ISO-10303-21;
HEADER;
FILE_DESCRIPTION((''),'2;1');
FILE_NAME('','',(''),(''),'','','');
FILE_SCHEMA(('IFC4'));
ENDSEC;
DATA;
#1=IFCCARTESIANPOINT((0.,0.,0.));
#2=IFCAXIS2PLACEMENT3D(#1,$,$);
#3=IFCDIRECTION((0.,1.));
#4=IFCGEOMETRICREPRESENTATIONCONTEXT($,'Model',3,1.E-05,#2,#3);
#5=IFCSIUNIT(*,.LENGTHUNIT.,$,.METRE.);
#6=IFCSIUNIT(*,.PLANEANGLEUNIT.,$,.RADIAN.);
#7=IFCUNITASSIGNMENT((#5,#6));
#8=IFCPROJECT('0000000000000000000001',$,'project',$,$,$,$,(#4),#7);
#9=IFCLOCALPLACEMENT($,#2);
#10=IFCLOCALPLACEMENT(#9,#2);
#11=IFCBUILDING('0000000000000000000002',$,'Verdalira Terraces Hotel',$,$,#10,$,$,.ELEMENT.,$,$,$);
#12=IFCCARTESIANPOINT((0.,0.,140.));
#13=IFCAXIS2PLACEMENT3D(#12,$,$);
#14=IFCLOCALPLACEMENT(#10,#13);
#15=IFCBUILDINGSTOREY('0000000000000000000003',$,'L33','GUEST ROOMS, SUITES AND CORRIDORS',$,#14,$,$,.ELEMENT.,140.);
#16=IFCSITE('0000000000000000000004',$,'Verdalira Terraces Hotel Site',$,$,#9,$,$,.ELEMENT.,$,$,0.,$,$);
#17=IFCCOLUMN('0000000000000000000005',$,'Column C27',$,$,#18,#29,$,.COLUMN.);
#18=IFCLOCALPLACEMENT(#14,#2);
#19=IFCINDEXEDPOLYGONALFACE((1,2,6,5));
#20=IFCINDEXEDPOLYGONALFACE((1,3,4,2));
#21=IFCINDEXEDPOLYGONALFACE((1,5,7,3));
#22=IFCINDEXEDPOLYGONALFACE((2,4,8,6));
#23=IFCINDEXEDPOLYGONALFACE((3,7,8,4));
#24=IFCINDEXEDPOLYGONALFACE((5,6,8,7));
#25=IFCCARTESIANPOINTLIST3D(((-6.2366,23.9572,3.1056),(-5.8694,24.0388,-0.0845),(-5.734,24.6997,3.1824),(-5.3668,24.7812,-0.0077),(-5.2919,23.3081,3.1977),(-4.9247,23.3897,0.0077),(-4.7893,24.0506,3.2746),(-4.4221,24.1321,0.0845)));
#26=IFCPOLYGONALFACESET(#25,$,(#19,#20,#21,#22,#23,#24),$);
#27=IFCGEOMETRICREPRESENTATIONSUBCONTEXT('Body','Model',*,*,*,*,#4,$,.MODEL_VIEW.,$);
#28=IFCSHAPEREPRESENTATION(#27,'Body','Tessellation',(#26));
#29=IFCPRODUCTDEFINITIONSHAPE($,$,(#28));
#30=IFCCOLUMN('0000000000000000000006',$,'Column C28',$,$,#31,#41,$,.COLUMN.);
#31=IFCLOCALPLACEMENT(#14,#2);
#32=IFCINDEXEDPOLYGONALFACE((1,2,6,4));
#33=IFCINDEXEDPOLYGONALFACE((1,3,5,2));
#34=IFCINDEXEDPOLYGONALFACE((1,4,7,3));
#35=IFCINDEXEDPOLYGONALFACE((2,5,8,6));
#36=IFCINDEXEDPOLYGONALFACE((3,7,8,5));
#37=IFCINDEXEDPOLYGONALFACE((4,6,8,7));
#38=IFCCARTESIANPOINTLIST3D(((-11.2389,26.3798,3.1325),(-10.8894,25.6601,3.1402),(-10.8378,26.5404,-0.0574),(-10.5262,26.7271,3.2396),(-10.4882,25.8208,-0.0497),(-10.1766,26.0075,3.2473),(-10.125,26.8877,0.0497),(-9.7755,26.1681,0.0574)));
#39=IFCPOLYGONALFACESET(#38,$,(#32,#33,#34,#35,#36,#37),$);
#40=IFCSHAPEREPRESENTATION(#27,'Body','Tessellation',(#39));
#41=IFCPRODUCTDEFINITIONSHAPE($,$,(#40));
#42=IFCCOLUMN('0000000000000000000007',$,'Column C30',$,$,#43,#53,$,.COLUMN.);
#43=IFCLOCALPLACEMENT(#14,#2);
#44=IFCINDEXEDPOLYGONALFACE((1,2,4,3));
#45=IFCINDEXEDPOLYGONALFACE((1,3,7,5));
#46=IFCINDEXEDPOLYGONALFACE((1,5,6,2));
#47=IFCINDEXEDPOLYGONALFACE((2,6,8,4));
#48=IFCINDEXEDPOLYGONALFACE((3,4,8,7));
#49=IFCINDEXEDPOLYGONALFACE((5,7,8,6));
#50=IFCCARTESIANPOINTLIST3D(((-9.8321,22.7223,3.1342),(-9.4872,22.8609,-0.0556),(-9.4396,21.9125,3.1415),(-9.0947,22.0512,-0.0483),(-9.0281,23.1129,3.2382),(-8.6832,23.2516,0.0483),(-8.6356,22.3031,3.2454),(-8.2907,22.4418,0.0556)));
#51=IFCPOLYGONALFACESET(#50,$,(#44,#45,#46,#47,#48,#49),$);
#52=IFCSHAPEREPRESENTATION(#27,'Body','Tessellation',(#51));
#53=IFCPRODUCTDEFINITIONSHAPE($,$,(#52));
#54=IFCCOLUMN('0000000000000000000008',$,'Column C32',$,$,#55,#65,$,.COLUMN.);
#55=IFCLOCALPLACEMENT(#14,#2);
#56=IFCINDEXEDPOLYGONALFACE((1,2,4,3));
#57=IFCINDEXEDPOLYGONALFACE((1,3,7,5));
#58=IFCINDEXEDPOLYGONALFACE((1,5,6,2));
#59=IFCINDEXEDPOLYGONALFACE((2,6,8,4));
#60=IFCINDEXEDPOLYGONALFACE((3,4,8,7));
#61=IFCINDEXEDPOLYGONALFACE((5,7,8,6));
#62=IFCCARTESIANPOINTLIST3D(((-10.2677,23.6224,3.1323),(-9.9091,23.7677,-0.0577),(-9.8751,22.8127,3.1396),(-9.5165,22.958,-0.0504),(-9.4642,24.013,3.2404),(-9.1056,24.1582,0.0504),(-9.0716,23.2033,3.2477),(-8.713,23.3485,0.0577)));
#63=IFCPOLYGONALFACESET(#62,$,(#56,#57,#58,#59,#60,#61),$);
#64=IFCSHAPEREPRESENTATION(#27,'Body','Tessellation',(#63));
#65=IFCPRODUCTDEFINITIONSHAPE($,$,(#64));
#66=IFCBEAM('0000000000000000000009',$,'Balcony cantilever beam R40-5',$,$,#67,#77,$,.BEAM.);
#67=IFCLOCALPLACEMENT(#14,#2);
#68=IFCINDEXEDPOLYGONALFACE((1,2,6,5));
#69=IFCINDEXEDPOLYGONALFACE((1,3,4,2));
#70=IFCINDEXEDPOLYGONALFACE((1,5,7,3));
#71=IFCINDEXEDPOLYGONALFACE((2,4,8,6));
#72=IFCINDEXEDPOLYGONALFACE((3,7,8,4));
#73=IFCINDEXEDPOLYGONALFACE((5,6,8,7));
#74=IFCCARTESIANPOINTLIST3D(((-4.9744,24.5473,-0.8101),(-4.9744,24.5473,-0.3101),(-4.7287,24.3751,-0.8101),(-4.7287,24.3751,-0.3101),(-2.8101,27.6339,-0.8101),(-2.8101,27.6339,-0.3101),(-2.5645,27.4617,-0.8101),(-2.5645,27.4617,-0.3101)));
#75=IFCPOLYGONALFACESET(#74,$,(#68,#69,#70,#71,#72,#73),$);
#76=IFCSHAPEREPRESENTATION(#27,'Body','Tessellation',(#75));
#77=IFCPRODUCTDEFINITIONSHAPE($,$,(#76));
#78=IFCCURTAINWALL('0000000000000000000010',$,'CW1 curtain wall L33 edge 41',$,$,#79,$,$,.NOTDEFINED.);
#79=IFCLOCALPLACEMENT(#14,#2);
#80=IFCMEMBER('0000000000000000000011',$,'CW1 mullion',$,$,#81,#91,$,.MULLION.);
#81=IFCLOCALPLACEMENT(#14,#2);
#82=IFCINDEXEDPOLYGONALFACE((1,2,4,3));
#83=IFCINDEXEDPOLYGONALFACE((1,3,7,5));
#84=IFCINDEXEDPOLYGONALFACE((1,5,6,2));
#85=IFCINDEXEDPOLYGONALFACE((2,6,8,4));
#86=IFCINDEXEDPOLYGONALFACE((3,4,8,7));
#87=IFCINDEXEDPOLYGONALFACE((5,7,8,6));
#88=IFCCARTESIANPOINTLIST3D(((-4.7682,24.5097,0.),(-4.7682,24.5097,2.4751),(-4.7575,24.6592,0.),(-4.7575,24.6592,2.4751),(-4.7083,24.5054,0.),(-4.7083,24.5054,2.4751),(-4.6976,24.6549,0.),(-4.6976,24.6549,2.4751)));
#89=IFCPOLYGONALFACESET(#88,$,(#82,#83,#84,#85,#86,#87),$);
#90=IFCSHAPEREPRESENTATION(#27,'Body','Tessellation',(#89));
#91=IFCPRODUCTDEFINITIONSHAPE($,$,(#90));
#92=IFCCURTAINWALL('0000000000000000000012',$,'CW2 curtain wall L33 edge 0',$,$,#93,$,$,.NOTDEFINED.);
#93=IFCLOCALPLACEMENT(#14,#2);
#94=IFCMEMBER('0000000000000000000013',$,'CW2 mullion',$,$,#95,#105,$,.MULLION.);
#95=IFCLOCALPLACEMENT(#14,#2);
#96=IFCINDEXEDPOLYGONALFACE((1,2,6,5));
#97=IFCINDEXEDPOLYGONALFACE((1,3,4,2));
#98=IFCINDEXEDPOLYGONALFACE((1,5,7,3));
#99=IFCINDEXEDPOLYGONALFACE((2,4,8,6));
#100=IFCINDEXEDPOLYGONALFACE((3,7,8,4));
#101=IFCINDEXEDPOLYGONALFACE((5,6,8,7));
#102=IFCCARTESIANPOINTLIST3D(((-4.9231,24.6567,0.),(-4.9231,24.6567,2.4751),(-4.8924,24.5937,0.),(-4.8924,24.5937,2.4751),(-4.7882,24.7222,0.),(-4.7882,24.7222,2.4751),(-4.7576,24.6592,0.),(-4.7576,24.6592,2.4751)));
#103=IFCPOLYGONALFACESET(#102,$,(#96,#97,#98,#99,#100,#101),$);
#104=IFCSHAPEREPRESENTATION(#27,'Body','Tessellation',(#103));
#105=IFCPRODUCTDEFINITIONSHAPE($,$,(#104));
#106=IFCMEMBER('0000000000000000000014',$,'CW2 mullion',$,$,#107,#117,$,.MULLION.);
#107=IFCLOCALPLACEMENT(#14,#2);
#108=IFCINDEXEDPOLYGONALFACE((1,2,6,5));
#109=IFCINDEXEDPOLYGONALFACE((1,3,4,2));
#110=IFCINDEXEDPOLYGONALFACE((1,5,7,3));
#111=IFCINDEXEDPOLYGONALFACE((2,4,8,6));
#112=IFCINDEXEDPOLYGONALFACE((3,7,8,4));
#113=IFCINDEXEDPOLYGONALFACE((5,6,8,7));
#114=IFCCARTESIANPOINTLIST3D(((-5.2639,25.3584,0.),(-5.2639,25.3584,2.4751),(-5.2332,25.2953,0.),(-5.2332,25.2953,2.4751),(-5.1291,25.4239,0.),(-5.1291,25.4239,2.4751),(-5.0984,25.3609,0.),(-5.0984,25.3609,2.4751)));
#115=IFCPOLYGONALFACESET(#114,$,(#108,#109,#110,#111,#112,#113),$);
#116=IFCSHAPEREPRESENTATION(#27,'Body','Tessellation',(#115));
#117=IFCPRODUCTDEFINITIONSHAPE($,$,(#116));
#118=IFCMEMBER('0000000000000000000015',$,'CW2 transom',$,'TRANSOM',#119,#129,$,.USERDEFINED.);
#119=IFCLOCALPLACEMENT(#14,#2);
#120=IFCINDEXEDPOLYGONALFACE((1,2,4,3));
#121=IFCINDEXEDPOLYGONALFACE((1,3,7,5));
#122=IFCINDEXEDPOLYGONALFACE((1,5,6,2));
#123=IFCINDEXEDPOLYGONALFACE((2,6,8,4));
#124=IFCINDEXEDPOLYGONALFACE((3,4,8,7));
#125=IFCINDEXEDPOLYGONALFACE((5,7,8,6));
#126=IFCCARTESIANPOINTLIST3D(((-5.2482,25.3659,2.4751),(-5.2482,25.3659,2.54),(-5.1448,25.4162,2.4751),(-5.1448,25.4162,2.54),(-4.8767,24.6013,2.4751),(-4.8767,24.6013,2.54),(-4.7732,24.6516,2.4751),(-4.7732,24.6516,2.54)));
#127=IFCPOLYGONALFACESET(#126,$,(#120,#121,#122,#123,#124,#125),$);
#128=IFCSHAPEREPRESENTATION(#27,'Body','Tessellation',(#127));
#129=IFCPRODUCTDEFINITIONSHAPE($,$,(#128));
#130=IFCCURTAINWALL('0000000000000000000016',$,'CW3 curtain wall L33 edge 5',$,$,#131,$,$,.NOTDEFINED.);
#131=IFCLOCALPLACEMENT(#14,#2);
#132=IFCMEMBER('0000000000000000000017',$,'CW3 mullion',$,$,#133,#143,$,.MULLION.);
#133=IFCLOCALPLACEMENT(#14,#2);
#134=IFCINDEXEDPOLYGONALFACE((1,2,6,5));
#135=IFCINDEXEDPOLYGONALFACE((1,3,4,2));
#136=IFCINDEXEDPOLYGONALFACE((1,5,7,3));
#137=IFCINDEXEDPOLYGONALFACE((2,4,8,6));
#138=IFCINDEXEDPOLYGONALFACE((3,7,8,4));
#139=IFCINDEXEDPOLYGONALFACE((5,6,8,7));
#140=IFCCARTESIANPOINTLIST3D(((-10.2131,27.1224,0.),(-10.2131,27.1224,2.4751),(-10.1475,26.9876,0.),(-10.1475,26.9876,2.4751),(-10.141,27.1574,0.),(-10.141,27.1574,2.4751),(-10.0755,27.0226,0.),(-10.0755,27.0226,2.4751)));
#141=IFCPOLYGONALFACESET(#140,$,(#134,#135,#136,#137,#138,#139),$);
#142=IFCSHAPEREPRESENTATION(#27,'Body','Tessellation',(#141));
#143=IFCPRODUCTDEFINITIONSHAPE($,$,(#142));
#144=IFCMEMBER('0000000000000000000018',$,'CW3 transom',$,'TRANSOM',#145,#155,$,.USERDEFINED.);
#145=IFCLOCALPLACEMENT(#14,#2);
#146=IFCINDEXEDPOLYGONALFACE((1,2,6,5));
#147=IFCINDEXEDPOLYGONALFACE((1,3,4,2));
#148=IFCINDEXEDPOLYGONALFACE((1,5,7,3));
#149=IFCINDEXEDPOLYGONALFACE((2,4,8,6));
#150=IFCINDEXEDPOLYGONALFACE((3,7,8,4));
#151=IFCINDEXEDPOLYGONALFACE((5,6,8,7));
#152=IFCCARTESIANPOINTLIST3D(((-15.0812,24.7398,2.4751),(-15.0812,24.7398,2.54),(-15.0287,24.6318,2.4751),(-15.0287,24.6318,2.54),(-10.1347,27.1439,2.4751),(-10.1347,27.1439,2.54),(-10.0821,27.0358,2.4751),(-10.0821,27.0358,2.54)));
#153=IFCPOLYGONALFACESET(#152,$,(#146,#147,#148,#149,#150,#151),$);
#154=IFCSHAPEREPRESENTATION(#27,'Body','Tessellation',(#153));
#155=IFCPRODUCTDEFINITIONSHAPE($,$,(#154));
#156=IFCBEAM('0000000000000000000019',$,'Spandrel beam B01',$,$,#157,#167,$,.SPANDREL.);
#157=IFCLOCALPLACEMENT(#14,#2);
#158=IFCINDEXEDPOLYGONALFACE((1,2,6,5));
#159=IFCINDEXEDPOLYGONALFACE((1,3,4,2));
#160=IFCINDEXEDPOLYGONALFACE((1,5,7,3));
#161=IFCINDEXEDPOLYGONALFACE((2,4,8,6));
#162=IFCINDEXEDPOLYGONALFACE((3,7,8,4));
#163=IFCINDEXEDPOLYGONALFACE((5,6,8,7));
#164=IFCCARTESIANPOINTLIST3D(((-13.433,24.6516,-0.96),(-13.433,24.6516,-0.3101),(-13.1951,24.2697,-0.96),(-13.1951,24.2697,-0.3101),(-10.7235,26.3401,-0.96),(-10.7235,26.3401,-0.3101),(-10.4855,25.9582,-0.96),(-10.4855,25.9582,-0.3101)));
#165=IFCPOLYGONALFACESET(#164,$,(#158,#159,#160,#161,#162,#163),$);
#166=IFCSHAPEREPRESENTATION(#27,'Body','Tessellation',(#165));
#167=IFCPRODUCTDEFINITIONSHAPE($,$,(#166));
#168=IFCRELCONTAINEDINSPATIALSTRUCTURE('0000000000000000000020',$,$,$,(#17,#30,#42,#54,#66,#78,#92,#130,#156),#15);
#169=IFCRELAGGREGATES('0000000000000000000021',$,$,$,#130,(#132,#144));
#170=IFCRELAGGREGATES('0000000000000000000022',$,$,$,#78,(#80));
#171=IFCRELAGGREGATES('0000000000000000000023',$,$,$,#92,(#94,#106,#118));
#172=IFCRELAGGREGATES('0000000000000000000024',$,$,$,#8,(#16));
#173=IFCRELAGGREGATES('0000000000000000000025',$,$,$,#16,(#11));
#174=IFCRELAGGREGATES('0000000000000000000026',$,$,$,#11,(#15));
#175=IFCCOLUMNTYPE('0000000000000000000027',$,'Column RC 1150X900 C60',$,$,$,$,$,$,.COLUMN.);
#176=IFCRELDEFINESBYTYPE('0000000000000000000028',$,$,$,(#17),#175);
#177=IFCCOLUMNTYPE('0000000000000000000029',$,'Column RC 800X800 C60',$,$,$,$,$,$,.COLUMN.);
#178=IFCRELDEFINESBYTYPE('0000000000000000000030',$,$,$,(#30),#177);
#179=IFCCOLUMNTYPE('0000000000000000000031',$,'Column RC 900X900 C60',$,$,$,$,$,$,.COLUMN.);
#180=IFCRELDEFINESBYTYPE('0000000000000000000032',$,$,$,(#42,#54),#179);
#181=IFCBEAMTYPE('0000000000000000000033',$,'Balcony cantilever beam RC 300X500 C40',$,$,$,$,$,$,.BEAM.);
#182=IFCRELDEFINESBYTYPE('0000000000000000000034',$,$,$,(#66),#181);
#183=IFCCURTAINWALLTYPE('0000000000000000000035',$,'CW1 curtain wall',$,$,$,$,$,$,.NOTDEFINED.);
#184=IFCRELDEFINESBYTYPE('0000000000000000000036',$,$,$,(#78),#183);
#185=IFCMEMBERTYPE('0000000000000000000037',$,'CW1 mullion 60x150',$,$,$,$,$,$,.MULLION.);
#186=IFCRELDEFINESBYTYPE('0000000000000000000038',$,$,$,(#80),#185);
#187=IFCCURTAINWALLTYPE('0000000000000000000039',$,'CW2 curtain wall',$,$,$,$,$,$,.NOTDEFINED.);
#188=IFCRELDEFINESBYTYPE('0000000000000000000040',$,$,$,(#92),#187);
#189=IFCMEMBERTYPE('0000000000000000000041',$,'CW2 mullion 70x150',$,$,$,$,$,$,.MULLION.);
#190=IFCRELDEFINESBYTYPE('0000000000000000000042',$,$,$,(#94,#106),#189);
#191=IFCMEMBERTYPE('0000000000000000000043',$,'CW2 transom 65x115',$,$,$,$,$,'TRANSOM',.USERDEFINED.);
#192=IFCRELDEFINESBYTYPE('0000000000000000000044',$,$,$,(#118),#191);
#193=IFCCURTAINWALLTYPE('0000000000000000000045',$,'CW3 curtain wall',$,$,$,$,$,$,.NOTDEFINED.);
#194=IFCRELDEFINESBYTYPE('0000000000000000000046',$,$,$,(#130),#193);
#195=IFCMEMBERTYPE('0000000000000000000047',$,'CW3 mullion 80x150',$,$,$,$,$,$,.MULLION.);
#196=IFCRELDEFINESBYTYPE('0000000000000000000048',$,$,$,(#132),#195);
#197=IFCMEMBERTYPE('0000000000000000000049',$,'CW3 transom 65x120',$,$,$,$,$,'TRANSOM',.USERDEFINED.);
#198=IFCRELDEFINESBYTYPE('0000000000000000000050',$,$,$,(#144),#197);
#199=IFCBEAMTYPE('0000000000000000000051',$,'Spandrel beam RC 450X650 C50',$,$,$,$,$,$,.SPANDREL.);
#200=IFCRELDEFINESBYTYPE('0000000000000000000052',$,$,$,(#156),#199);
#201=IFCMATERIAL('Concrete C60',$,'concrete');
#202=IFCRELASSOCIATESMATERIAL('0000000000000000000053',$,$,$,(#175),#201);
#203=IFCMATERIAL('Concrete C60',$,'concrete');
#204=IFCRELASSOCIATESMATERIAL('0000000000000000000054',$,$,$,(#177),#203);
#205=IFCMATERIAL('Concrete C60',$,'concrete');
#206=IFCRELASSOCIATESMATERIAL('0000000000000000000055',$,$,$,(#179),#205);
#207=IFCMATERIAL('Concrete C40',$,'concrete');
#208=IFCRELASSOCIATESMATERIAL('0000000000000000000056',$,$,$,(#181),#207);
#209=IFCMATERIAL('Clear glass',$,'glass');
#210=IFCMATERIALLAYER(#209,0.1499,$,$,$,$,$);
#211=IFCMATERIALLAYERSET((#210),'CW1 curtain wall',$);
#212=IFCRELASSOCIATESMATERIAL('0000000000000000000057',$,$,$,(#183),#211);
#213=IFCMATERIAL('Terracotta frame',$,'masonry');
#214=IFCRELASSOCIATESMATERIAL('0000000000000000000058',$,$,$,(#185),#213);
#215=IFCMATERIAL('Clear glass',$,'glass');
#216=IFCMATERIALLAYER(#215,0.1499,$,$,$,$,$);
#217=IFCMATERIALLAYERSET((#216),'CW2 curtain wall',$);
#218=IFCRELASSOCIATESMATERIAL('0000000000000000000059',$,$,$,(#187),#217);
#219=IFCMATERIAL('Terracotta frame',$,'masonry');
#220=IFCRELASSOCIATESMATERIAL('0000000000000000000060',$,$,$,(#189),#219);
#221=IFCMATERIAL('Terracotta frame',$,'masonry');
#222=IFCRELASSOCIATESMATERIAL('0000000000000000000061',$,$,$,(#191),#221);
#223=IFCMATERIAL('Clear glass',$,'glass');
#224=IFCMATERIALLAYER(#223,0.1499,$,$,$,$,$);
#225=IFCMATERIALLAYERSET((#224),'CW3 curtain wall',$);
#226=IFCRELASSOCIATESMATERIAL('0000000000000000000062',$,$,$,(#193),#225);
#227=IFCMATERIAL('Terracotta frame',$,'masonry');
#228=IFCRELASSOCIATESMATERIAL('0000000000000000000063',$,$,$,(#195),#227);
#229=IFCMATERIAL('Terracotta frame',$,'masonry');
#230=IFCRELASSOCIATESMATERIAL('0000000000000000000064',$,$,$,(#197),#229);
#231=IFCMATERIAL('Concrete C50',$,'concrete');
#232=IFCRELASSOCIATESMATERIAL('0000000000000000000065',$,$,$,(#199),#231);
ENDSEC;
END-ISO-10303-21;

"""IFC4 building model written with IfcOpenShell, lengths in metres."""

from ifc_helpers import new_model, si_unit, direction, frame, origin, origin_2d, place, context, subcontext, project, spatial, rectangle, extrude, material, layer, layer_set, material_profile, profile_set, type_object, element, aggregate, save


model = new_model("IFC4")

# Units and contexts
model_context = context("Model", 3, precision=1e-05, world=origin(), true_north=direction((0.0, 1.0)))
body_context = subcontext(model_context, "Body", "Model", "MODEL_VIEW")
ifc_project = project(units=[si_unit("LENGTHUNIT", "METRE"), si_unit("PLANEANGLEUNIT", "RADIAN")], contexts=[model_context])

# Site, building, storey
site_placement = place(None, origin())
site = spatial("IfcSite", under=ifc_project, at=site_placement, Name="Verdalira Terraces Hotel Site", CompositionType="ELEMENT", RefElevation=0.0)
building_placement = place(site_placement, origin())
building = spatial("IfcBuilding", under=site, at=building_placement, Name="Verdalira Terraces Hotel", CompositionType="ELEMENT")
storey_placement = place(building_placement, frame((0.0, 0.0, 140.0)))
storey = spatial("IfcBuildingStorey", under=building, at=storey_placement, Name="L33", Description="GUEST ROOMS, SUITES AND CORRIDORS", CompositionType="ELEMENT", Elevation=140.0)

# Columns
ifc_material_1 = material(Name="Concrete C60", Category="concrete")
ifc_material_profile_1 = material_profile(ifc_material_1, rectangle(XDim=1.1499, YDim=0.8999, at=origin_2d()), Name="RC 1150X900")
ifc_profile_set_1 = profile_set([ifc_material_profile_1], Name="Concrete C60")
column_type_1 = type_object("IfcColumnType", Name="Column RC 1150X900 C60", PredefinedType="COLUMN", material=ifc_profile_set_1)
column_1_placement = place(storey_placement, frame((-5.1458, 24.0854, 0.0), z_axis=(-0.114316, -0.025387, 0.99312), x_axis=(0.821538, -0.564494, 0.080136)))
element("IfcColumn", 1, at=column_1_placement, inside=storey, type_object=column_type_1, Name="Column C27", PredefinedType="COLUMN", context=body_context, shape_type="SweptSolid", body=[
    extrude(rectangle(XDim=1.1499, YDim=0.8999, at=origin_2d()), origin(), (0.0, 0.0, 1.0), 3.2122),
])
ifc_material_2 = material(Name="Concrete C60", Category="concrete")
ifc_material_profile_2 = material_profile(ifc_material_2, rectangle(XDim=0.8, YDim=0.8, at=origin_2d()), Name="RC 800X800")
ifc_profile_set_2 = profile_set([ifc_material_profile_2], Name="Concrete C60")
column_type_2 = type_object("IfcColumnType", Name="Column RC 800X800 C60", PredefinedType="COLUMN", material=ifc_profile_set_2)
column_2_placement = place(storey_placement, frame((-10.3066, 26.3542, 0.0), z_axis=(-0.124608, -0.049904, 0.99095), x_axis=(-0.89085, -0.434122, -0.133883)))
element("IfcColumn", 2, at=column_2_placement, inside=storey, type_object=column_type_2, Name="Column C28", PredefinedType="COLUMN", context=body_context, shape_type="SweptSolid", body=[
    extrude(rectangle(XDim=0.8, YDim=0.8, at=origin_2d()), origin(), (0.0, 0.0, 1.0), 3.219),
])
ifc_material_3 = material(Name="Concrete C60", Category="concrete")
ifc_material_profile_3 = material_profile(ifc_material_3, rectangle(XDim=0.8999, YDim=0.8999, at=origin_2d()), Name="RC 900X900")
ifc_profile_set_3 = profile_set([ifc_material_profile_3], Name="Concrete C60")
column_type_3 = type_object("IfcColumnType", Name="Column RC 900X900 C60", PredefinedType="COLUMN", material=ifc_profile_set_3)
column_3_placement = place(storey_placement, frame((-8.8889, 22.6514, 0.0), z_axis=(-0.107416, -0.043179, 0.993276), x_axis=(-0.436147, 0.899839, -0.008049)))
element("IfcColumn", 3, at=column_3_placement, inside=storey, type_object=column_type_3, Name="Column C30", PredefinedType="COLUMN", context=body_context, shape_type="SweptSolid", body=[
    extrude(rectangle(XDim=0.8999, YDim=0.8999, at=origin_2d()), origin(), (0.0, 0.0, 1.0), 3.2114),
])
column_4_placement = place(storey_placement, frame((-9.311, 23.5581, 0.0), z_axis=(-0.111611, -0.045207, 0.992723), x_axis=(-0.436285, 0.899772, -0.008077)))
element("IfcColumn", 4, at=column_4_placement, inside=storey, type_object=column_type_3, Name="Column C32", PredefinedType="COLUMN", context=body_context, shape_type="SweptSolid", body=[
    extrude(rectangle(XDim=0.8999, YDim=0.8999, at=origin_2d()), origin(), (0.0, 0.0, 1.0), 3.2134),
])

# Beam
ifc_material_4 = material(Name="Concrete C40", Category="concrete")
ifc_material_profile_4 = material_profile(ifc_material_4, rectangle(XDim=0.3, YDim=0.5, at=origin_2d()), Name="RC 300X500")
ifc_profile_set_4 = profile_set([ifc_material_profile_4], Name="Concrete C40")
beam_type_1 = type_object("IfcBeamType", Name="Balcony cantilever beam RC 300X500 C40", PredefinedType="BEAM", material=ifc_profile_set_4)
beam_1_placement = place(storey_placement, frame((-4.8516, 24.4612, -0.5601), z_axis=(0.57411, 0.818778, 0.0), x_axis=(-0.818778, 0.57411, 0.0)))
element("IfcBeam", 5, at=beam_1_placement, inside=storey, type_object=beam_type_1, Name="Balcony cantilever beam R40-5", PredefinedType="BEAM", context=body_context, shape_type="SweptSolid", body=[
    extrude(rectangle(XDim=0.3, YDim=0.5, at=origin_2d()), origin(), (0.0, 0.0, 1.0), 3.7698),
])

# Curtain wall, member
ifc_material_5 = material(Name="Clear glass", Category="glass")
ifc_layer_1 = layer(ifc_material_5, 0.1499)
ifc_layer_set_1 = layer_set([ifc_layer_1], Name="CW1 curtain wall")
curtain_wall_type_1 = type_object("IfcCurtainWallType", Name="CW1 curtain wall", PredefinedType="NOTDEFINED", material=ifc_layer_set_1)
curtain_wall_1_placement = place(storey_placement, origin())
curtain_wall_1 = element("IfcCurtainWall", 6, at=curtain_wall_1_placement, inside=storey, type_object=curtain_wall_type_1, Name="CW1 curtain wall L33 edge 41", PredefinedType="NOTDEFINED")
ifc_material_6 = material(Name="Terracotta frame", Category="masonry")
ifc_material_profile_5 = material_profile(ifc_material_6, rectangle(XDim=0.0601, YDim=0.1499, at=origin_2d()), Name="MU 60x150")
ifc_profile_set_5 = profile_set([ifc_material_profile_5], Name="Terracotta frame")
member_type_1 = type_object("IfcMemberType", Name="CW1 mullion 60x150", PredefinedType="MULLION", material=ifc_profile_set_5)
member_1_placement = place(storey_placement, frame((-4.7329, 24.5823, 0.0), z_axis=(0.0, 0.0, 1.0), x_axis=(-0.997466, 0.071149, 0.0)))
member_1 = element("IfcMember", 7, at=member_1_placement, type_object=member_type_1, Name="CW1 mullion", PredefinedType="MULLION", context=body_context, shape_type="SweptSolid", body=[
    extrude(rectangle(XDim=0.0601, YDim=0.1499, at=origin_2d()), origin(), (0.0, 0.0, 1.0), 2.4751),
])

# Curtain walls, members
ifc_material_7 = material(Name="Clear glass", Category="glass")
ifc_layer_2 = layer(ifc_material_7, 0.1499)
ifc_layer_set_2 = layer_set([ifc_layer_2], Name="CW2 curtain wall")
curtain_wall_type_2 = type_object("IfcCurtainWallType", Name="CW2 curtain wall", PredefinedType="NOTDEFINED", material=ifc_layer_set_2)
curtain_wall_2_placement = place(storey_placement, origin())
curtain_wall_2 = element("IfcCurtainWall", 8, at=curtain_wall_2_placement, inside=storey, type_object=curtain_wall_type_2, Name="CW2 curtain wall L33 edge 0", PredefinedType="NOTDEFINED")
ifc_material_8 = material(Name="Terracotta frame", Category="masonry")
ifc_material_profile_6 = material_profile(ifc_material_8, rectangle(XDim=0.0701, YDim=0.1499, at=origin_2d()), Name="MU 70x150")
ifc_profile_set_6 = profile_set([ifc_material_profile_6], Name="Terracotta frame")
member_type_2 = type_object("IfcMemberType", Name="CW2 mullion 70x150", PredefinedType="MULLION", material=ifc_profile_set_6)
member_2_placement = place(storey_placement, frame((-4.8403, 24.658, 0.0), z_axis=(0.0, 0.0, 1.0), x_axis=(-0.437116, 0.899405, 0.0)))
member_2 = element("IfcMember", 9, at=member_2_placement, type_object=member_type_2, Name="CW2 mullion", PredefinedType="MULLION", context=body_context, shape_type="SweptSolid", body=[
    extrude(rectangle(XDim=0.0701, YDim=0.1499, at=origin_2d()), origin(), (0.0, 0.0, 1.0), 2.4751),
])
member_3_placement = place(storey_placement, frame((-5.1812, 25.3596, 0.0), z_axis=(0.0, 0.0, 1.0), x_axis=(-0.437116, 0.899405, 0.0)))
member_3 = element("IfcMember", 10, at=member_3_placement, type_object=member_type_2, Name="CW2 mullion", PredefinedType="MULLION", context=body_context, shape_type="SweptSolid", body=[
    extrude(rectangle(XDim=0.0701, YDim=0.1499, at=origin_2d()), origin(), (0.0, 0.0, 1.0), 2.4751),
])
ifc_material_9 = material(Name="Terracotta frame", Category="masonry")
ifc_material_profile_7 = material_profile(ifc_material_9, rectangle(XDim=0.115, YDim=0.0649, at=origin_2d()), Name="TR 65x115")
ifc_profile_set_7 = profile_set([ifc_material_profile_7], Name="Terracotta frame")
member_type_3 = type_object("IfcMemberType", Name="CW2 transom 65x115", ElementType="TRANSOM", PredefinedType="USERDEFINED", material=ifc_profile_set_7)
member_4_placement = place(storey_placement, frame((-4.825, 24.6265, 2.5076), z_axis=(-0.437077, 0.899424, 0.0), x_axis=(-0.899424, -0.437077, 0.0)))
member_4 = element("IfcMember", 11, at=member_4_placement, type_object=member_type_3, Name="CW2 transom", ObjectType="TRANSOM", PredefinedType="USERDEFINED", context=body_context, shape_type="SweptSolid", body=[
    extrude(rectangle(XDim=0.115, YDim=0.0649, at=origin_2d()), origin(), (0.0, 0.0, 1.0), 0.8501),
])
ifc_material_10 = material(Name="Clear glass", Category="glass")
ifc_layer_3 = layer(ifc_material_10, 0.1499)
ifc_layer_set_3 = layer_set([ifc_layer_3], Name="CW3 curtain wall")
curtain_wall_type_3 = type_object("IfcCurtainWallType", Name="CW3 curtain wall", PredefinedType="NOTDEFINED", material=ifc_layer_set_3)
curtain_wall_3_placement = place(storey_placement, origin())
curtain_wall_3 = element("IfcCurtainWall", 12, at=curtain_wall_3_placement, inside=storey, type_object=curtain_wall_type_3, Name="CW3 curtain wall L33 edge 5", PredefinedType="NOTDEFINED")
ifc_material_11 = material(Name="Terracotta frame", Category="masonry")
ifc_material_profile_8 = material_profile(ifc_material_11, rectangle(XDim=0.0801, YDim=0.1499, at=origin_2d()), Name="MU 80x150")
ifc_profile_set_8 = profile_set([ifc_material_profile_8], Name="Terracotta frame")
member_type_4 = type_object("IfcMemberType", Name="CW3 mullion 80x150", PredefinedType="MULLION", material=ifc_profile_set_8)
member_5_placement = place(storey_placement, frame((-10.1443, 27.0725, 0.0), z_axis=(0.0, 0.0, 1.0), x_axis=(-0.899405, -0.437116, 0.0)))
member_5 = element("IfcMember", 13, at=member_5_placement, type_object=member_type_4, Name="CW3 mullion", PredefinedType="MULLION", context=body_context, shape_type="SweptSolid", body=[
    extrude(rectangle(XDim=0.0801, YDim=0.1499, at=origin_2d()), origin(), (0.0, 0.0, 1.0), 2.4751),
])
ifc_material_12 = material(Name="Terracotta frame", Category="masonry")
ifc_material_profile_9 = material_profile(ifc_material_12, rectangle(XDim=0.1201, YDim=0.0649, at=origin_2d()), Name="TR 65x120")
ifc_profile_set_9 = profile_set([ifc_material_profile_9], Name="Terracotta frame")
member_type_5 = type_object("IfcMemberType", Name="CW3 transom 65x120", ElementType="TRANSOM", PredefinedType="USERDEFINED", material=ifc_profile_set_9)
member_6_placement = place(storey_placement, frame((-10.1084, 27.0898, 2.5076), z_axis=(-0.899404, -0.437117, 0.0), x_axis=(0.437117, -0.899404, 0.0)))
member_6 = element("IfcMember", 14, at=member_6_placement, type_object=member_type_5, Name="CW3 transom", ObjectType="TRANSOM", PredefinedType="USERDEFINED", context=body_context, shape_type="SweptSolid", body=[
    extrude(rectangle(XDim=0.1201, YDim=0.0649, at=origin_2d()), origin(), (0.0, 0.0, 1.0), 5.4998),
])
aggregate(curtain_wall_3, [member_5, member_6])

# Beam
ifc_material_13 = material(Name="Concrete C50", Category="concrete")
ifc_material_profile_10 = material_profile(ifc_material_13, rectangle(XDim=0.45, YDim=0.6499, at=origin_2d()), Name="RC 450X650")
ifc_profile_set_10 = profile_set([ifc_material_profile_10], Name="Concrete C50")
beam_type_2 = type_object("IfcBeamType", Name="Spandrel beam RC 450X650 C50", PredefinedType="SPANDREL", material=ifc_profile_set_10)
beam_2_placement = place(storey_placement, frame((-10.6045, 26.1492, -0.635), z_axis=(-0.848694, -0.528885, 0.0), x_axis=(0.528885, -0.848694, 0.0)))
element("IfcBeam", 15, at=beam_2_placement, inside=storey, type_object=beam_type_2, Name="Spandrel beam B01", PredefinedType="SPANDREL", context=body_context, shape_type="SweptSolid", body=[
    extrude(rectangle(XDim=0.45, YDim=0.6499, at=origin_2d()), origin(), (0.0, 0.0, 1.0), 3.1926),
])

aggregate(curtain_wall_1, [member_1])
aggregate(curtain_wall_2, [member_2, member_3, member_4])

save(model, "model.ifc")
